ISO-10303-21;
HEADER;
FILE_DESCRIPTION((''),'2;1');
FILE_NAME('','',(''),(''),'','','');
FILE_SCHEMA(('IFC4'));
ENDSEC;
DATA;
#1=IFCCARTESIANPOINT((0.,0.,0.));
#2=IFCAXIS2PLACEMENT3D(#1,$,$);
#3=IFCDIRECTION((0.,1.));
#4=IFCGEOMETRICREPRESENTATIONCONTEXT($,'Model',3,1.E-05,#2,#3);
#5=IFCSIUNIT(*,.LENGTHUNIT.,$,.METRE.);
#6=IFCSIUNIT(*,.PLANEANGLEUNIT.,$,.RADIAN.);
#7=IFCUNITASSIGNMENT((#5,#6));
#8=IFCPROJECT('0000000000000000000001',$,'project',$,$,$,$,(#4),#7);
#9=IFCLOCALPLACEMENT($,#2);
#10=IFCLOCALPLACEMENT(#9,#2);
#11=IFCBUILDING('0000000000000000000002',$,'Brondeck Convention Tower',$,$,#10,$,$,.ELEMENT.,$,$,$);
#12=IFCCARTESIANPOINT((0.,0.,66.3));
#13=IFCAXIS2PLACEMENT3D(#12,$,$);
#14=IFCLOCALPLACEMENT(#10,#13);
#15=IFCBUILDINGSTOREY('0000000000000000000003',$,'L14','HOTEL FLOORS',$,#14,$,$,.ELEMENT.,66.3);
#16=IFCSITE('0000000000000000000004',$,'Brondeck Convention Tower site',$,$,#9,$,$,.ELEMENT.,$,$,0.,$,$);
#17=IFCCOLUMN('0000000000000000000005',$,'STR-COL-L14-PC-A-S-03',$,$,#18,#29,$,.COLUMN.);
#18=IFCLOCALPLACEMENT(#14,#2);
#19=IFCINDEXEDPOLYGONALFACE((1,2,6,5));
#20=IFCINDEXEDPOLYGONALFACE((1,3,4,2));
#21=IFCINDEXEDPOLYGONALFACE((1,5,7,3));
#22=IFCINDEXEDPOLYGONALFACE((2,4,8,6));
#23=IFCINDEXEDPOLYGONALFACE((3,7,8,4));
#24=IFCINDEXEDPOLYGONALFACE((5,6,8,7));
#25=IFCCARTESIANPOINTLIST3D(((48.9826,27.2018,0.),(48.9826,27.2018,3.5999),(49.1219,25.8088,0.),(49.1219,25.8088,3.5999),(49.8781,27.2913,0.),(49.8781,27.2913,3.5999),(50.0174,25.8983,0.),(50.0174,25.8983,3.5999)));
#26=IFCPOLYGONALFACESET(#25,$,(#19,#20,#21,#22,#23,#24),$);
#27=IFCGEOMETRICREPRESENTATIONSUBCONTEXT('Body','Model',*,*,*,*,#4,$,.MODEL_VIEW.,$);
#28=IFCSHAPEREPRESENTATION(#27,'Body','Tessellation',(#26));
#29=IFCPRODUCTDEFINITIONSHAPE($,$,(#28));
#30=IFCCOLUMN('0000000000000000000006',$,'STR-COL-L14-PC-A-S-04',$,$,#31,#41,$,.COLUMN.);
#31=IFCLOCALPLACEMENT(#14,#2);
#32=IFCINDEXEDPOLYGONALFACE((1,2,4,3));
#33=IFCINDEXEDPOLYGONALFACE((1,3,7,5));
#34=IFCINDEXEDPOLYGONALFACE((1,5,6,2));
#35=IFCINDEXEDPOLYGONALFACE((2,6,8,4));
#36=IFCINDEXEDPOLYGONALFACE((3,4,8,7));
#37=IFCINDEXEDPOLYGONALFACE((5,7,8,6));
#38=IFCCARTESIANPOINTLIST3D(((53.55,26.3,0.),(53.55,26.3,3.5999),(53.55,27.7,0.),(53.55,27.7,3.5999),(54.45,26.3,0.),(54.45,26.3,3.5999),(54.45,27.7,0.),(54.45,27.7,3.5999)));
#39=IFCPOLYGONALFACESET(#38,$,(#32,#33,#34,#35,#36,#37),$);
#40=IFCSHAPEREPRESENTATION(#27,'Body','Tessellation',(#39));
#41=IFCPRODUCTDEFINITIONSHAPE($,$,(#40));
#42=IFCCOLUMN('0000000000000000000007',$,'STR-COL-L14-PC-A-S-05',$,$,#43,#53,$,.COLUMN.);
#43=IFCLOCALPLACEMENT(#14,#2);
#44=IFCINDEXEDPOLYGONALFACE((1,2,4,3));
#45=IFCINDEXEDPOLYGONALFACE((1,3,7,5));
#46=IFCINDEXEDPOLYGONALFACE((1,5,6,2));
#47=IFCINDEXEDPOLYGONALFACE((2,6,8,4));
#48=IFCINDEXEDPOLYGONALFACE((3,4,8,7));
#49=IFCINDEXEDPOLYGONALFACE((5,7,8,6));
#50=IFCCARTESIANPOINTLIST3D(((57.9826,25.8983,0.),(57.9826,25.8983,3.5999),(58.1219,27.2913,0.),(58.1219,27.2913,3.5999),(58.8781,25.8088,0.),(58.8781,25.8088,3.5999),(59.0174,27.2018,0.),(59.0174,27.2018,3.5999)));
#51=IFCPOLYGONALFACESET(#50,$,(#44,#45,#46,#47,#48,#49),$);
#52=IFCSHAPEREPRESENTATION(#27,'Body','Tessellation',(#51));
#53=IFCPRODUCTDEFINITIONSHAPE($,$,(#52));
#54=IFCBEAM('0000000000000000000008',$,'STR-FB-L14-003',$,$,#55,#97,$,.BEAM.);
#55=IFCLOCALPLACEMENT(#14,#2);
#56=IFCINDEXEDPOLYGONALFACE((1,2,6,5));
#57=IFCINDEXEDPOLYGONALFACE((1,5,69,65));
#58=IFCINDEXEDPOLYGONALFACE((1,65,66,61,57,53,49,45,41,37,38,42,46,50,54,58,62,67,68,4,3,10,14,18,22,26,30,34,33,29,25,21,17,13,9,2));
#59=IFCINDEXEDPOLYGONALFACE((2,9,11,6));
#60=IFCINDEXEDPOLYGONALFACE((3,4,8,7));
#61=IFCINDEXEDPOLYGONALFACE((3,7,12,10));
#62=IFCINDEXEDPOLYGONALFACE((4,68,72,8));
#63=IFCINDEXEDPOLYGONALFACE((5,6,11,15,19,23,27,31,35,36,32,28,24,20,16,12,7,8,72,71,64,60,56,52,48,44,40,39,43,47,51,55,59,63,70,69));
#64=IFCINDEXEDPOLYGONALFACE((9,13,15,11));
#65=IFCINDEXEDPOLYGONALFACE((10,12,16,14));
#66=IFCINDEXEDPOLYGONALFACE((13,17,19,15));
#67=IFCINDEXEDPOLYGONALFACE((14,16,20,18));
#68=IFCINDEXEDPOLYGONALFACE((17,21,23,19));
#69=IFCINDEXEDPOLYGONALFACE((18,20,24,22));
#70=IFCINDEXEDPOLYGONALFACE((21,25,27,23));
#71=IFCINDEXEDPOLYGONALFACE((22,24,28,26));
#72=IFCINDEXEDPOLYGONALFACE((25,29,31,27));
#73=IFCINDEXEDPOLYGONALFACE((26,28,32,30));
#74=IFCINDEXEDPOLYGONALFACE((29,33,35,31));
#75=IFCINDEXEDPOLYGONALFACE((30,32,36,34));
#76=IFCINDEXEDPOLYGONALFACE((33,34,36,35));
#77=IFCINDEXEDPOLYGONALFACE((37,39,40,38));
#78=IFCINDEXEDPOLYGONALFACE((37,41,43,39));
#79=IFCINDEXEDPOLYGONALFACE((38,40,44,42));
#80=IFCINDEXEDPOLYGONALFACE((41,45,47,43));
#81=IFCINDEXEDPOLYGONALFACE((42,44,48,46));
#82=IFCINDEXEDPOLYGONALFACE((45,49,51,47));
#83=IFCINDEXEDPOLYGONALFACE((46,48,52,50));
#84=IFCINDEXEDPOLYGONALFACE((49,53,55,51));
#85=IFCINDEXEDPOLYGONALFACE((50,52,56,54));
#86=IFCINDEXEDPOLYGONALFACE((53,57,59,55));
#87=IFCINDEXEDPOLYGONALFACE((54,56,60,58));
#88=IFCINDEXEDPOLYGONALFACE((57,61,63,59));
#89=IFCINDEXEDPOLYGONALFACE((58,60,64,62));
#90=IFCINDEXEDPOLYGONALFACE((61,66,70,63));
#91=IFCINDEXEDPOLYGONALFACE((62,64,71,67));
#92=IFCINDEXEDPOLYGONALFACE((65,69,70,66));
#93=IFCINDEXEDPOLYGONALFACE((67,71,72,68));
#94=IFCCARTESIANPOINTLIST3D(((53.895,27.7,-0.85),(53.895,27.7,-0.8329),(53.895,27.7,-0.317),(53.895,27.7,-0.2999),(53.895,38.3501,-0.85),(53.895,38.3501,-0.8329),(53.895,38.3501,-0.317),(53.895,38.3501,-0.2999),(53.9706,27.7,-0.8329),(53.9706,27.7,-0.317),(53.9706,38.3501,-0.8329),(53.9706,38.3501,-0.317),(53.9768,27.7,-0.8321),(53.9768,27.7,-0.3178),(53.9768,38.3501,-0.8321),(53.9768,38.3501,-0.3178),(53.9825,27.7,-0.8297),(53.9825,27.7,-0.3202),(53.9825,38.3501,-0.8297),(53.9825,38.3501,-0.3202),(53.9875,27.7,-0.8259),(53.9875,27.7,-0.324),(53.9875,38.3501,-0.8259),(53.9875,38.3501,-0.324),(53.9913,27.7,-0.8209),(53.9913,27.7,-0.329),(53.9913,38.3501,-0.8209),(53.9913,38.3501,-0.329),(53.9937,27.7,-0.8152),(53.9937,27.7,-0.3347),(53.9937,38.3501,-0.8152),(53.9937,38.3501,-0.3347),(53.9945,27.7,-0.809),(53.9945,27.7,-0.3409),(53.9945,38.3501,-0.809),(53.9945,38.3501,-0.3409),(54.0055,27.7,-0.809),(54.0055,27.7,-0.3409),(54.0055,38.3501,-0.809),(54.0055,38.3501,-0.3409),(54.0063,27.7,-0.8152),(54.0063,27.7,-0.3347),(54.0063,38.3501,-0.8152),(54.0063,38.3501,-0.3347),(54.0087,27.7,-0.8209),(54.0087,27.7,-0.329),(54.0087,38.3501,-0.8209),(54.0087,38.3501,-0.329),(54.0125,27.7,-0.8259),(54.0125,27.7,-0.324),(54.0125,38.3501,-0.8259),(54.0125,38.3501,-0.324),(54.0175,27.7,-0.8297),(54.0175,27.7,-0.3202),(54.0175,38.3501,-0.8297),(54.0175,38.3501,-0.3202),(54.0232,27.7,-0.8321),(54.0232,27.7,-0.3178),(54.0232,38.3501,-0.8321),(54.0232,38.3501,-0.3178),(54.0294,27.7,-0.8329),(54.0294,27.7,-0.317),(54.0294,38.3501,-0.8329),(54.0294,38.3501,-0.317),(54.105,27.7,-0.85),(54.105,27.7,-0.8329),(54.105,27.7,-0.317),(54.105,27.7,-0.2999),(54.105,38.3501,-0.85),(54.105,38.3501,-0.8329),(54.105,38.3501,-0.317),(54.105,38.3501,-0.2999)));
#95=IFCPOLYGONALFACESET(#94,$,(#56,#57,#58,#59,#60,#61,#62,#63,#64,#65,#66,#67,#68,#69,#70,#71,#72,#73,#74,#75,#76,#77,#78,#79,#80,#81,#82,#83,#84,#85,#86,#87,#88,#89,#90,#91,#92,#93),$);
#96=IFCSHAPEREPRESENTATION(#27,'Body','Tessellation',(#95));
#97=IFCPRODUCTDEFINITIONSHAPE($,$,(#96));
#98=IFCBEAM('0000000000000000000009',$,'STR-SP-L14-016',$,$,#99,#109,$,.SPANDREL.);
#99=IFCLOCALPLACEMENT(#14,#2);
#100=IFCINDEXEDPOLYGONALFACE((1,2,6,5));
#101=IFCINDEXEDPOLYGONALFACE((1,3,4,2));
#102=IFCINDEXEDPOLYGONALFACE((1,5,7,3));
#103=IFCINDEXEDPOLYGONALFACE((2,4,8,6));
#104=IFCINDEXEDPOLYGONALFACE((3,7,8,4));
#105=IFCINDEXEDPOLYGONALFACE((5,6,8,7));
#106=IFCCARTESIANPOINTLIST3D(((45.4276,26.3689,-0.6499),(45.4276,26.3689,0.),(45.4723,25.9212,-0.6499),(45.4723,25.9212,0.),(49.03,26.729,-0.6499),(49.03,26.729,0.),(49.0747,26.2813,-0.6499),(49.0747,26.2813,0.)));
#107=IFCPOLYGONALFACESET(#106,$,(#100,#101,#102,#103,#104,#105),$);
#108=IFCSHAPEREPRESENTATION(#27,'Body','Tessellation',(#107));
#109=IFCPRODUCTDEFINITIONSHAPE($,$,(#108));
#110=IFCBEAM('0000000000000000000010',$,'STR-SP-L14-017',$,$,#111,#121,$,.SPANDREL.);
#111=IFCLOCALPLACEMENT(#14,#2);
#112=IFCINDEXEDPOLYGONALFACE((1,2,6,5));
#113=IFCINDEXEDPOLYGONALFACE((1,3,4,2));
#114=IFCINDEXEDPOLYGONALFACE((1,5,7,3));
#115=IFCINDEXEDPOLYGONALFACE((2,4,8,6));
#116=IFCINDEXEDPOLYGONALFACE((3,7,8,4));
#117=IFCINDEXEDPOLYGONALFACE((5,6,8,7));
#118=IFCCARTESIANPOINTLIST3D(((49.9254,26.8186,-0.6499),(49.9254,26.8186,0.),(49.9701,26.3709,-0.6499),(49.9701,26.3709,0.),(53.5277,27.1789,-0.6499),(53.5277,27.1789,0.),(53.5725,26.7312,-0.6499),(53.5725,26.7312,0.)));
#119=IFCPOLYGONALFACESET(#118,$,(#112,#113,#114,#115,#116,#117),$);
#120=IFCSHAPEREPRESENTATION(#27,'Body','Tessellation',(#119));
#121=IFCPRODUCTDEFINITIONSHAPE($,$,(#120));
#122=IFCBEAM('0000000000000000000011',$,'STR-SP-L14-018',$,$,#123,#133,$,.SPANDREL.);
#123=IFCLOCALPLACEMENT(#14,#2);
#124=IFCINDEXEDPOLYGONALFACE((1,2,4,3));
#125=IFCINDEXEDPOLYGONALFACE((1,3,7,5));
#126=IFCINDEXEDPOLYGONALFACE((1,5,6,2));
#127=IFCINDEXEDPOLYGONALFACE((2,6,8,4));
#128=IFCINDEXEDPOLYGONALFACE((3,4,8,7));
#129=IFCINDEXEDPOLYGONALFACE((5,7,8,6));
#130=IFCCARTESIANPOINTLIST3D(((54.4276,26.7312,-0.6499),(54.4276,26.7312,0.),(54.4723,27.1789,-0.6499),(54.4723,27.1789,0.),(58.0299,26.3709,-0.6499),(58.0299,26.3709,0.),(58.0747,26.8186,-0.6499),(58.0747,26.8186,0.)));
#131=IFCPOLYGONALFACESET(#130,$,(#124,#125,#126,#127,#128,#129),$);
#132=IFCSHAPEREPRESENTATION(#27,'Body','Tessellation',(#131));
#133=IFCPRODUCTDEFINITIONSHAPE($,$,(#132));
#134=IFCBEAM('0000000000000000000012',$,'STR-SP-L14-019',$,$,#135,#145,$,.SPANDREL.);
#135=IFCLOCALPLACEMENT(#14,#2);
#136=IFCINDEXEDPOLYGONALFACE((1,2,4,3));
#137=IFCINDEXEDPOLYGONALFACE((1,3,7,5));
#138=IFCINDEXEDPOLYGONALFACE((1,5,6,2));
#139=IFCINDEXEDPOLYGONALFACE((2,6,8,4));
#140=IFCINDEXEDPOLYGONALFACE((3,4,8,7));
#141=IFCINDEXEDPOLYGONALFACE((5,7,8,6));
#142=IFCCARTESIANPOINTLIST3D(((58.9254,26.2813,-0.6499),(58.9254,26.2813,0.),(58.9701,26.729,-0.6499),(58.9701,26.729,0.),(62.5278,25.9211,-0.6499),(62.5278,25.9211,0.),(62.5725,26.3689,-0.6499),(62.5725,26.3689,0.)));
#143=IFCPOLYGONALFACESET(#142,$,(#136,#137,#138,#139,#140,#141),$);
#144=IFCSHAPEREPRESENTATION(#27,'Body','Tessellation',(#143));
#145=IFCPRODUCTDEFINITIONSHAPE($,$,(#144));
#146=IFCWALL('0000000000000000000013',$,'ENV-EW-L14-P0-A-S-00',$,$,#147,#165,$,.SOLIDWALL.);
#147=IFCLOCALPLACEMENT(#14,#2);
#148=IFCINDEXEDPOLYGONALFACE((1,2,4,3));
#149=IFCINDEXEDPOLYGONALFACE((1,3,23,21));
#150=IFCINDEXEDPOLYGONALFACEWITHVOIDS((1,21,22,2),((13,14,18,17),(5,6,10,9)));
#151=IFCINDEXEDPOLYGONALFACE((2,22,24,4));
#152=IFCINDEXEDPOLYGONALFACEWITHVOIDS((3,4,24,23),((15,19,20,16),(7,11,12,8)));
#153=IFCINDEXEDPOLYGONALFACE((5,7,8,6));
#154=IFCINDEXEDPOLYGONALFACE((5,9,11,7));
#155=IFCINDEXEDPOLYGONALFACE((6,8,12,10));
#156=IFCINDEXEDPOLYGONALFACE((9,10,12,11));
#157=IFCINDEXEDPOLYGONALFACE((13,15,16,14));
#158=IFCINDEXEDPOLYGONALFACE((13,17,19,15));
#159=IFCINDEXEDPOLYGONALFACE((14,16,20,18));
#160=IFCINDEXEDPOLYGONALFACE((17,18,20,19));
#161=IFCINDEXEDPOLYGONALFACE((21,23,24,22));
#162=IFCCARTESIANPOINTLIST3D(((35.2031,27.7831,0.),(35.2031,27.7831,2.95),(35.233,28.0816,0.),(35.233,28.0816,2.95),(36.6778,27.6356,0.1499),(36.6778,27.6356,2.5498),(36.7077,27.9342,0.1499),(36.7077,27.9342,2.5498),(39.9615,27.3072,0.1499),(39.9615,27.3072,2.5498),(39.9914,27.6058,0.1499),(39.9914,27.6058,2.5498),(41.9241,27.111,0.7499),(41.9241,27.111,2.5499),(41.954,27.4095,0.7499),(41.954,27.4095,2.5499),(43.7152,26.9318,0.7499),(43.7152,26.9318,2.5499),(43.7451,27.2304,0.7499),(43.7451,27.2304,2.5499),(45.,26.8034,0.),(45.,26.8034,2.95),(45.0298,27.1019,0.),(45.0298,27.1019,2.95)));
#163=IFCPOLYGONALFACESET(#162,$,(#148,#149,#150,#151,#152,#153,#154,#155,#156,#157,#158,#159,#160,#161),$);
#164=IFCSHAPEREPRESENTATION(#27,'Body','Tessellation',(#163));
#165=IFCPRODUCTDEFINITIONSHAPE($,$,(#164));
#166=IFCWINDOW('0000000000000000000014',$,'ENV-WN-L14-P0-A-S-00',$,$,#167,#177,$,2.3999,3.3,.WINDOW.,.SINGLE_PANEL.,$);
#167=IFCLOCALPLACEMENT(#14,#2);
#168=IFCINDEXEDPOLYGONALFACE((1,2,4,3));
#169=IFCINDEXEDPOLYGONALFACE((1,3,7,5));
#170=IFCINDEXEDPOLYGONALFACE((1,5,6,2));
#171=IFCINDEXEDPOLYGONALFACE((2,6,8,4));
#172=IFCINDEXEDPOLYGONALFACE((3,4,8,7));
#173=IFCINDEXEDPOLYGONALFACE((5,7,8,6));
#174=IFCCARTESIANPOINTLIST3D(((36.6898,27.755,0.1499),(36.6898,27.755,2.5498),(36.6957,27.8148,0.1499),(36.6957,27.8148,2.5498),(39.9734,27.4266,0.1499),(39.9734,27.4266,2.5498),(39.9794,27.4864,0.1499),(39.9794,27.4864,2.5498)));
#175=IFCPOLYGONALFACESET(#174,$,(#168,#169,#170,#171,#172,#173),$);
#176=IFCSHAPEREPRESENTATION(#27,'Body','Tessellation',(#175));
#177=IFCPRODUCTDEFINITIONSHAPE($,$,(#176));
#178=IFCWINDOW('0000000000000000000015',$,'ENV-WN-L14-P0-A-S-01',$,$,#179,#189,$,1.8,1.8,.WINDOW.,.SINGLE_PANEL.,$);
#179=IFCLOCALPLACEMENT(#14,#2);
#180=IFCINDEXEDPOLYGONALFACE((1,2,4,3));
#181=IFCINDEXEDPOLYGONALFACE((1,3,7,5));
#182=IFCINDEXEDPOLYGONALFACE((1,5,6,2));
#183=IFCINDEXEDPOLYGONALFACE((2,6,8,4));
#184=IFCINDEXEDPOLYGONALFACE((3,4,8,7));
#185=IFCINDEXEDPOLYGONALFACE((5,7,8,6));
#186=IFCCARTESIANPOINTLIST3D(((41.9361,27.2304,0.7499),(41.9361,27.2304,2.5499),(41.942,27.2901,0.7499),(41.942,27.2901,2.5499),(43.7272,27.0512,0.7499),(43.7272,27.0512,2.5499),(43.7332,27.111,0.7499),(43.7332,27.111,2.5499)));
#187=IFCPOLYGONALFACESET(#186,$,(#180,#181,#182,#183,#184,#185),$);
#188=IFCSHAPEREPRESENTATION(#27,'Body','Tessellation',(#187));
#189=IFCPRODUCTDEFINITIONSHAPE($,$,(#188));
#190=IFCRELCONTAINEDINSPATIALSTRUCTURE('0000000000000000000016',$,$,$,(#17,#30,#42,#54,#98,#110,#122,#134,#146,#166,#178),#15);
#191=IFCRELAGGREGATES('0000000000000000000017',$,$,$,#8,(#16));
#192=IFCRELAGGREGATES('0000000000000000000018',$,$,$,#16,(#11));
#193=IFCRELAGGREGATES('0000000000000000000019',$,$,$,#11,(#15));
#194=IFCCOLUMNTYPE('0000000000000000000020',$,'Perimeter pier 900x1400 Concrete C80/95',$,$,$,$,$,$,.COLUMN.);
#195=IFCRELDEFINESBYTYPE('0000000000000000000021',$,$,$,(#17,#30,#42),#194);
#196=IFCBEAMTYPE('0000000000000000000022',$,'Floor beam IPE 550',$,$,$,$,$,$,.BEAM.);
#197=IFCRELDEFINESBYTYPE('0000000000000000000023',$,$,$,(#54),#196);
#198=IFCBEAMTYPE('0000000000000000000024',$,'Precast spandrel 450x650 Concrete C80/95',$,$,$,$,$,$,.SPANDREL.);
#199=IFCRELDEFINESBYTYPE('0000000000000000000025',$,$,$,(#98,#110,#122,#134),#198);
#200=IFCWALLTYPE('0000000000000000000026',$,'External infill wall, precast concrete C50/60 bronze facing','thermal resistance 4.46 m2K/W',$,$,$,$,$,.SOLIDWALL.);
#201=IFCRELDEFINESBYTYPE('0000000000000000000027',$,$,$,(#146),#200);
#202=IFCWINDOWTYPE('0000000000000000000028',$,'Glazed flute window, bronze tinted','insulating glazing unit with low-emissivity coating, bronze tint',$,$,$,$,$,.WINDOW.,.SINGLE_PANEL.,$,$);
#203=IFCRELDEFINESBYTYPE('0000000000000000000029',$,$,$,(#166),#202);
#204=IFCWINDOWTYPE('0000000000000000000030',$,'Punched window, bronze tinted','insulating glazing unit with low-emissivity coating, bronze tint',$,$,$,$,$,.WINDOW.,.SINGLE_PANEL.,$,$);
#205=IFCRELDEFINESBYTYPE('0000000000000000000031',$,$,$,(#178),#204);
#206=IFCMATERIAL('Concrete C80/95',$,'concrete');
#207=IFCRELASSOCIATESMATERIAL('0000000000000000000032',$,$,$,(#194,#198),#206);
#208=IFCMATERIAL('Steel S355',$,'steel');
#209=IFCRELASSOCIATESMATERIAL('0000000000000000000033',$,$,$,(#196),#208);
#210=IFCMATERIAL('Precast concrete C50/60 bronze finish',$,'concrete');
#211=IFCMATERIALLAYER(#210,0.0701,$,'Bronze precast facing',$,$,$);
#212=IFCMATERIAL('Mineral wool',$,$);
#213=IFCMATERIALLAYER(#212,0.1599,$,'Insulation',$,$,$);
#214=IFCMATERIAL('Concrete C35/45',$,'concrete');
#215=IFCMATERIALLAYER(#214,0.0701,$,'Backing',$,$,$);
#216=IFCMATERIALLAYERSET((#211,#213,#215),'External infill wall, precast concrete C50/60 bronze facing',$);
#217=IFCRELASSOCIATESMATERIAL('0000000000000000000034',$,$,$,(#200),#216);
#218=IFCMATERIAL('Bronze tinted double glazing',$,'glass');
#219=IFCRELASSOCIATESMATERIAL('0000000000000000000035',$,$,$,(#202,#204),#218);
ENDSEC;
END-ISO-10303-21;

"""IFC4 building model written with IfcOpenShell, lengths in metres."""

from ifc_helpers import new_model, si_unit, direction, frame, frame_2d, origin, origin_2d, place, context, subcontext, project, spatial, rectangle, i_section, extrude, material, layer, layer_set, material_profile, profile_set, type_object, element, fill, save


model = new_model("IFC4")

# Units and contexts
model_context = context("Model", 3, precision=1e-05, world=origin(), true_north=direction((0.0, 1.0)))
body_context = subcontext(model_context, "Body", "Model", "MODEL_VIEW")
ifc_project = project(units=[si_unit("LENGTHUNIT", "METRE"), si_unit("PLANEANGLEUNIT", "RADIAN")], contexts=[model_context])

# Site, building, storey
site_placement = place(None, origin())
site = spatial("IfcSite", under=ifc_project, at=site_placement, Name="Brondeck Convention Tower site", CompositionType="ELEMENT", RefElevation=0.0)
building_placement = place(site_placement, origin())
building = spatial("IfcBuilding", under=site, at=building_placement, Name="Brondeck Convention Tower", CompositionType="ELEMENT")
storey_placement = place(building_placement, frame((0.0, 0.0, 66.3)))
storey = spatial("IfcBuildingStorey", under=building, at=storey_placement, Name="L14", Description="HOTEL FLOORS", CompositionType="ELEMENT", Elevation=66.3)

# Columns
ifc_material_1 = material(Name="Concrete C80/95", Category="concrete")
ifc_material_profile_1 = material_profile(ifc_material_1, rectangle(XDim=0.8999, YDim=1.3999, at=origin_2d()), Name="Perimeter pier 900x1400 Concrete C80/95")
ifc_profile_set_1 = profile_set([ifc_material_profile_1], Name="Concrete C80/95")
column_type = type_object("IfcColumnType", Name="Perimeter pier 900x1400 Concrete C80/95", PredefinedType="COLUMN", material=ifc_profile_set_1)
for number, where, z_axis, x_axis, name in (
    (1, (49.5, 26.55, 0.0), (0.0, 0.0, 1.0), (0.995037, 0.099504, 0.0), "STR-COL-L14-PC-A-S-03"),
    (2, (54.0, 27.0, 0.0), (0.0, 0.0, 1.0), (1.0, 0.0, 0.0), "STR-COL-L14-PC-A-S-04"),
    (3, (58.5, 26.55, 0.0), (0.0, 0.0, 1.0), (0.995037, -0.099504, 0.0), "STR-COL-L14-PC-A-S-05"),
):
    element("IfcColumn", number, at=place(storey_placement, frame(where, z_axis=z_axis, x_axis=x_axis)), inside=storey, type_object=column_type, Name=name, PredefinedType="COLUMN", context=body_context, shape_type="SweptSolid", body=[
        extrude(rectangle(XDim=0.8999, YDim=1.3999, at=origin_2d()), origin(), (0.0, 0.0, 1.0), 3.5999),
    ])

# Beams
ifc_material_2 = material(Name="Steel S355", Category="steel")
ifc_material_profile_2 = material_profile(ifc_material_2, i_section(OverallWidth=0.21, OverallDepth=0.55, WebThickness=0.011, FlangeThickness=0.0171, FilletRadius=0.0239, at=origin_2d()), Name="IPE 550")
ifc_profile_set_2 = profile_set([ifc_material_profile_2], Name="Steel S355")
beam_type_1 = type_object("IfcBeamType", Name="Floor beam IPE 550", PredefinedType="BEAM", material=ifc_profile_set_2)
beam_placement = place(storey_placement, frame((54.0, 27.7, -0.575), z_axis=(0.0, 1.0, 0.0), x_axis=(-1.0, 0.0, 0.0)))
element("IfcBeam", 4, at=beam_placement, inside=storey, type_object=beam_type_1, Name="STR-FB-L14-003", PredefinedType="BEAM", context=body_context, shape_type="SweptSolid", body=[
    extrude(i_section(OverallWidth=0.21, OverallDepth=0.55, WebThickness=0.011, FlangeThickness=0.0171, FilletRadius=0.0239, at=origin_2d()), origin(), (0.0, 0.0, 1.0), 10.6501),
])
ifc_material_profile_3 = material_profile(ifc_material_1, rectangle(XDim=0.45, YDim=0.6499, at=origin_2d()), Name="Precast spandrel 450x650 Concrete C80/95")
ifc_profile_set_3 = profile_set([ifc_material_profile_3], Name="Concrete C80/95")
beam_type_2 = type_object("IfcBeamType", Name="Precast spandrel 450x650 Concrete C80/95", PredefinedType="SPANDREL", material=ifc_profile_set_3)
for number, where, z_axis, x_axis, name in (
    (5, (45.45, 26.145, -0.325), (0.995041, 0.09947, 0.0), (-0.09947, 0.995041, 0.0), "STR-SP-L14-016"),
    (6, (49.9478, 26.5947, -0.325), (0.995034, 0.099537, 0.0), (-0.099537, 0.995034, 0.0), "STR-SP-L14-017"),
    (7, (54.45, 26.9551, -0.325), (0.995034, -0.099537, 0.0), (0.099537, 0.995034, 0.0), "STR-SP-L14-018"),
    (8, (58.9478, 26.5051, -0.325), (0.995041, -0.09947, 0.0), (0.09947, 0.995041, 0.0), "STR-SP-L14-019"),
):
    element("IfcBeam", number, at=place(storey_placement, frame(where, z_axis=z_axis, x_axis=x_axis)), inside=storey, type_object=beam_type_2, Name=name, PredefinedType="SPANDREL", context=body_context, shape_type="SweptSolid", body=[
        extrude(rectangle(XDim=0.45, YDim=0.6499, at=origin_2d()), origin(), (0.0, 0.0, 1.0), 3.6204),
    ])

# Wall, openings, windows
ifc_material_3 = material(Name="Precast concrete C50/60 bronze finish", Category="concrete")
ifc_layer_1 = layer(ifc_material_3, 0.0701, Name="Bronze precast facing")
ifc_material_4 = material(Name="Mineral wool")
ifc_layer_2 = layer(ifc_material_4, 0.1599, Name="Insulation")
ifc_material_5 = material(Name="Concrete C35/45", Category="concrete")
ifc_layer_3 = layer(ifc_material_5, 0.0701, Name="Backing")
ifc_layer_set_1 = layer_set([ifc_layer_1, ifc_layer_2, ifc_layer_3], Name="External infill wall, precast concrete C50/60 bronze facing")
wall_type_1 = type_object("IfcWallType", Name="External infill wall, precast concrete C50/60 bronze facing", Description="thermal resistance 4.46 m2K/W", PredefinedType="SOLIDWALL", material=ifc_layer_set_1)
wall_1_placement = place(storey_placement, frame((45.0149, 26.9526, 0.0), z_axis=(0.0, 0.0, 1.0), x_axis=(-0.995037, 0.099509, 0.0)))
wall_1 = element("IfcWall", 9, at=wall_1_placement, inside=storey, type_object=wall_type_1, Name="ENV-EW-L14-P0-A-S-00", PredefinedType="SOLIDWALL", context=body_context, shape_type="SweptSolid", body=[
    extrude(rectangle(XDim=9.8457, YDim=0.3, at=frame_2d((4.9229, 0.0))), origin(), (0.0, 0.0, 1.0), 2.95),
])
opening_1_placement = place(wall_1_placement, frame((1.2913, 0.0, 0.75)))
opening_1 = element("IfcOpeningElement", 10, at=opening_1_placement, cuts=wall_1, PredefinedType="OPENING", context=body_context, shape_type="SweptSolid", body=[
    extrude(rectangle(XDim=1.8, YDim=1.8, at=frame_2d((0.8999, 0.8999))), frame((0.0, 0.1599, 0.0), z_axis=(0.0, -1.0, 0.0), x_axis=(1.0, 0.0, 0.0)), (0.0, 0.0, 1.0), 0.3201),
])
opening_2_placement = place(wall_1_placement, frame((5.0637, 0.0, 0.1499)))
opening_2 = element("IfcOpeningElement", 11, at=opening_2_placement, cuts=wall_1, PredefinedType="OPENING", context=body_context, shape_type="SweptSolid", body=[
    extrude(rectangle(XDim=3.3, YDim=2.3999, at=frame_2d((1.6499, 1.2))), frame((0.0, 0.1599, 0.0), z_axis=(0.0, -1.0, 0.0), x_axis=(1.0, 0.0, 0.0)), (0.0, 0.0, 1.0), 0.3201),
])
ifc_material_6 = material(Name="Bronze tinted double glazing", Category="glass")
window_type_1 = type_object("IfcWindowType", Name="Glazed flute window, bronze tinted", Description="insulating glazing unit with low-emissivity coating, bronze tint", PartitioningType="SINGLE_PANEL", PredefinedType="WINDOW", material=ifc_material_6)
window_1_placement = place(opening_2_placement, origin())
window_1 = element("IfcWindow", 12, at=window_1_placement, inside=storey, type_object=window_type_1, Name="ENV-WN-L14-P0-A-S-00", OverallHeight=2.3999, OverallWidth=3.3, PartitioningType="SINGLE_PANEL", PredefinedType="WINDOW", context=body_context, shape_type="SweptSolid", body=[
    extrude(rectangle(XDim=3.3, YDim=2.3999, at=frame_2d((1.6499, 1.2))), frame((0.0, 0.03, 0.0), z_axis=(0.0, -1.0, 0.0), x_axis=(1.0, 0.0, 0.0)), (0.0, 0.0, 1.0), 0.0601),
])
fill(opening_2, window_1)
window_type_2 = type_object("IfcWindowType", Name="Punched window, bronze tinted", Description="insulating glazing unit with low-emissivity coating, bronze tint", PartitioningType="SINGLE_PANEL", PredefinedType="WINDOW", material=ifc_material_6)
window_2_placement = place(opening_1_placement, origin())
window_2 = element("IfcWindow", 13, at=window_2_placement, inside=storey, type_object=window_type_2, Name="ENV-WN-L14-P0-A-S-01", OverallHeight=1.8, OverallWidth=1.8, PartitioningType="SINGLE_PANEL", PredefinedType="WINDOW", context=body_context, shape_type="SweptSolid", body=[
    extrude(rectangle(XDim=1.8, YDim=1.8, at=frame_2d((0.8999, 0.8999))), frame((0.0, 0.03, 0.0), z_axis=(0.0, -1.0, 0.0), x_axis=(1.0, 0.0, 0.0)), (0.0, 0.0, 1.0), 0.0601),
])
fill(opening_1, window_2)

save(model, "model.ifc")
